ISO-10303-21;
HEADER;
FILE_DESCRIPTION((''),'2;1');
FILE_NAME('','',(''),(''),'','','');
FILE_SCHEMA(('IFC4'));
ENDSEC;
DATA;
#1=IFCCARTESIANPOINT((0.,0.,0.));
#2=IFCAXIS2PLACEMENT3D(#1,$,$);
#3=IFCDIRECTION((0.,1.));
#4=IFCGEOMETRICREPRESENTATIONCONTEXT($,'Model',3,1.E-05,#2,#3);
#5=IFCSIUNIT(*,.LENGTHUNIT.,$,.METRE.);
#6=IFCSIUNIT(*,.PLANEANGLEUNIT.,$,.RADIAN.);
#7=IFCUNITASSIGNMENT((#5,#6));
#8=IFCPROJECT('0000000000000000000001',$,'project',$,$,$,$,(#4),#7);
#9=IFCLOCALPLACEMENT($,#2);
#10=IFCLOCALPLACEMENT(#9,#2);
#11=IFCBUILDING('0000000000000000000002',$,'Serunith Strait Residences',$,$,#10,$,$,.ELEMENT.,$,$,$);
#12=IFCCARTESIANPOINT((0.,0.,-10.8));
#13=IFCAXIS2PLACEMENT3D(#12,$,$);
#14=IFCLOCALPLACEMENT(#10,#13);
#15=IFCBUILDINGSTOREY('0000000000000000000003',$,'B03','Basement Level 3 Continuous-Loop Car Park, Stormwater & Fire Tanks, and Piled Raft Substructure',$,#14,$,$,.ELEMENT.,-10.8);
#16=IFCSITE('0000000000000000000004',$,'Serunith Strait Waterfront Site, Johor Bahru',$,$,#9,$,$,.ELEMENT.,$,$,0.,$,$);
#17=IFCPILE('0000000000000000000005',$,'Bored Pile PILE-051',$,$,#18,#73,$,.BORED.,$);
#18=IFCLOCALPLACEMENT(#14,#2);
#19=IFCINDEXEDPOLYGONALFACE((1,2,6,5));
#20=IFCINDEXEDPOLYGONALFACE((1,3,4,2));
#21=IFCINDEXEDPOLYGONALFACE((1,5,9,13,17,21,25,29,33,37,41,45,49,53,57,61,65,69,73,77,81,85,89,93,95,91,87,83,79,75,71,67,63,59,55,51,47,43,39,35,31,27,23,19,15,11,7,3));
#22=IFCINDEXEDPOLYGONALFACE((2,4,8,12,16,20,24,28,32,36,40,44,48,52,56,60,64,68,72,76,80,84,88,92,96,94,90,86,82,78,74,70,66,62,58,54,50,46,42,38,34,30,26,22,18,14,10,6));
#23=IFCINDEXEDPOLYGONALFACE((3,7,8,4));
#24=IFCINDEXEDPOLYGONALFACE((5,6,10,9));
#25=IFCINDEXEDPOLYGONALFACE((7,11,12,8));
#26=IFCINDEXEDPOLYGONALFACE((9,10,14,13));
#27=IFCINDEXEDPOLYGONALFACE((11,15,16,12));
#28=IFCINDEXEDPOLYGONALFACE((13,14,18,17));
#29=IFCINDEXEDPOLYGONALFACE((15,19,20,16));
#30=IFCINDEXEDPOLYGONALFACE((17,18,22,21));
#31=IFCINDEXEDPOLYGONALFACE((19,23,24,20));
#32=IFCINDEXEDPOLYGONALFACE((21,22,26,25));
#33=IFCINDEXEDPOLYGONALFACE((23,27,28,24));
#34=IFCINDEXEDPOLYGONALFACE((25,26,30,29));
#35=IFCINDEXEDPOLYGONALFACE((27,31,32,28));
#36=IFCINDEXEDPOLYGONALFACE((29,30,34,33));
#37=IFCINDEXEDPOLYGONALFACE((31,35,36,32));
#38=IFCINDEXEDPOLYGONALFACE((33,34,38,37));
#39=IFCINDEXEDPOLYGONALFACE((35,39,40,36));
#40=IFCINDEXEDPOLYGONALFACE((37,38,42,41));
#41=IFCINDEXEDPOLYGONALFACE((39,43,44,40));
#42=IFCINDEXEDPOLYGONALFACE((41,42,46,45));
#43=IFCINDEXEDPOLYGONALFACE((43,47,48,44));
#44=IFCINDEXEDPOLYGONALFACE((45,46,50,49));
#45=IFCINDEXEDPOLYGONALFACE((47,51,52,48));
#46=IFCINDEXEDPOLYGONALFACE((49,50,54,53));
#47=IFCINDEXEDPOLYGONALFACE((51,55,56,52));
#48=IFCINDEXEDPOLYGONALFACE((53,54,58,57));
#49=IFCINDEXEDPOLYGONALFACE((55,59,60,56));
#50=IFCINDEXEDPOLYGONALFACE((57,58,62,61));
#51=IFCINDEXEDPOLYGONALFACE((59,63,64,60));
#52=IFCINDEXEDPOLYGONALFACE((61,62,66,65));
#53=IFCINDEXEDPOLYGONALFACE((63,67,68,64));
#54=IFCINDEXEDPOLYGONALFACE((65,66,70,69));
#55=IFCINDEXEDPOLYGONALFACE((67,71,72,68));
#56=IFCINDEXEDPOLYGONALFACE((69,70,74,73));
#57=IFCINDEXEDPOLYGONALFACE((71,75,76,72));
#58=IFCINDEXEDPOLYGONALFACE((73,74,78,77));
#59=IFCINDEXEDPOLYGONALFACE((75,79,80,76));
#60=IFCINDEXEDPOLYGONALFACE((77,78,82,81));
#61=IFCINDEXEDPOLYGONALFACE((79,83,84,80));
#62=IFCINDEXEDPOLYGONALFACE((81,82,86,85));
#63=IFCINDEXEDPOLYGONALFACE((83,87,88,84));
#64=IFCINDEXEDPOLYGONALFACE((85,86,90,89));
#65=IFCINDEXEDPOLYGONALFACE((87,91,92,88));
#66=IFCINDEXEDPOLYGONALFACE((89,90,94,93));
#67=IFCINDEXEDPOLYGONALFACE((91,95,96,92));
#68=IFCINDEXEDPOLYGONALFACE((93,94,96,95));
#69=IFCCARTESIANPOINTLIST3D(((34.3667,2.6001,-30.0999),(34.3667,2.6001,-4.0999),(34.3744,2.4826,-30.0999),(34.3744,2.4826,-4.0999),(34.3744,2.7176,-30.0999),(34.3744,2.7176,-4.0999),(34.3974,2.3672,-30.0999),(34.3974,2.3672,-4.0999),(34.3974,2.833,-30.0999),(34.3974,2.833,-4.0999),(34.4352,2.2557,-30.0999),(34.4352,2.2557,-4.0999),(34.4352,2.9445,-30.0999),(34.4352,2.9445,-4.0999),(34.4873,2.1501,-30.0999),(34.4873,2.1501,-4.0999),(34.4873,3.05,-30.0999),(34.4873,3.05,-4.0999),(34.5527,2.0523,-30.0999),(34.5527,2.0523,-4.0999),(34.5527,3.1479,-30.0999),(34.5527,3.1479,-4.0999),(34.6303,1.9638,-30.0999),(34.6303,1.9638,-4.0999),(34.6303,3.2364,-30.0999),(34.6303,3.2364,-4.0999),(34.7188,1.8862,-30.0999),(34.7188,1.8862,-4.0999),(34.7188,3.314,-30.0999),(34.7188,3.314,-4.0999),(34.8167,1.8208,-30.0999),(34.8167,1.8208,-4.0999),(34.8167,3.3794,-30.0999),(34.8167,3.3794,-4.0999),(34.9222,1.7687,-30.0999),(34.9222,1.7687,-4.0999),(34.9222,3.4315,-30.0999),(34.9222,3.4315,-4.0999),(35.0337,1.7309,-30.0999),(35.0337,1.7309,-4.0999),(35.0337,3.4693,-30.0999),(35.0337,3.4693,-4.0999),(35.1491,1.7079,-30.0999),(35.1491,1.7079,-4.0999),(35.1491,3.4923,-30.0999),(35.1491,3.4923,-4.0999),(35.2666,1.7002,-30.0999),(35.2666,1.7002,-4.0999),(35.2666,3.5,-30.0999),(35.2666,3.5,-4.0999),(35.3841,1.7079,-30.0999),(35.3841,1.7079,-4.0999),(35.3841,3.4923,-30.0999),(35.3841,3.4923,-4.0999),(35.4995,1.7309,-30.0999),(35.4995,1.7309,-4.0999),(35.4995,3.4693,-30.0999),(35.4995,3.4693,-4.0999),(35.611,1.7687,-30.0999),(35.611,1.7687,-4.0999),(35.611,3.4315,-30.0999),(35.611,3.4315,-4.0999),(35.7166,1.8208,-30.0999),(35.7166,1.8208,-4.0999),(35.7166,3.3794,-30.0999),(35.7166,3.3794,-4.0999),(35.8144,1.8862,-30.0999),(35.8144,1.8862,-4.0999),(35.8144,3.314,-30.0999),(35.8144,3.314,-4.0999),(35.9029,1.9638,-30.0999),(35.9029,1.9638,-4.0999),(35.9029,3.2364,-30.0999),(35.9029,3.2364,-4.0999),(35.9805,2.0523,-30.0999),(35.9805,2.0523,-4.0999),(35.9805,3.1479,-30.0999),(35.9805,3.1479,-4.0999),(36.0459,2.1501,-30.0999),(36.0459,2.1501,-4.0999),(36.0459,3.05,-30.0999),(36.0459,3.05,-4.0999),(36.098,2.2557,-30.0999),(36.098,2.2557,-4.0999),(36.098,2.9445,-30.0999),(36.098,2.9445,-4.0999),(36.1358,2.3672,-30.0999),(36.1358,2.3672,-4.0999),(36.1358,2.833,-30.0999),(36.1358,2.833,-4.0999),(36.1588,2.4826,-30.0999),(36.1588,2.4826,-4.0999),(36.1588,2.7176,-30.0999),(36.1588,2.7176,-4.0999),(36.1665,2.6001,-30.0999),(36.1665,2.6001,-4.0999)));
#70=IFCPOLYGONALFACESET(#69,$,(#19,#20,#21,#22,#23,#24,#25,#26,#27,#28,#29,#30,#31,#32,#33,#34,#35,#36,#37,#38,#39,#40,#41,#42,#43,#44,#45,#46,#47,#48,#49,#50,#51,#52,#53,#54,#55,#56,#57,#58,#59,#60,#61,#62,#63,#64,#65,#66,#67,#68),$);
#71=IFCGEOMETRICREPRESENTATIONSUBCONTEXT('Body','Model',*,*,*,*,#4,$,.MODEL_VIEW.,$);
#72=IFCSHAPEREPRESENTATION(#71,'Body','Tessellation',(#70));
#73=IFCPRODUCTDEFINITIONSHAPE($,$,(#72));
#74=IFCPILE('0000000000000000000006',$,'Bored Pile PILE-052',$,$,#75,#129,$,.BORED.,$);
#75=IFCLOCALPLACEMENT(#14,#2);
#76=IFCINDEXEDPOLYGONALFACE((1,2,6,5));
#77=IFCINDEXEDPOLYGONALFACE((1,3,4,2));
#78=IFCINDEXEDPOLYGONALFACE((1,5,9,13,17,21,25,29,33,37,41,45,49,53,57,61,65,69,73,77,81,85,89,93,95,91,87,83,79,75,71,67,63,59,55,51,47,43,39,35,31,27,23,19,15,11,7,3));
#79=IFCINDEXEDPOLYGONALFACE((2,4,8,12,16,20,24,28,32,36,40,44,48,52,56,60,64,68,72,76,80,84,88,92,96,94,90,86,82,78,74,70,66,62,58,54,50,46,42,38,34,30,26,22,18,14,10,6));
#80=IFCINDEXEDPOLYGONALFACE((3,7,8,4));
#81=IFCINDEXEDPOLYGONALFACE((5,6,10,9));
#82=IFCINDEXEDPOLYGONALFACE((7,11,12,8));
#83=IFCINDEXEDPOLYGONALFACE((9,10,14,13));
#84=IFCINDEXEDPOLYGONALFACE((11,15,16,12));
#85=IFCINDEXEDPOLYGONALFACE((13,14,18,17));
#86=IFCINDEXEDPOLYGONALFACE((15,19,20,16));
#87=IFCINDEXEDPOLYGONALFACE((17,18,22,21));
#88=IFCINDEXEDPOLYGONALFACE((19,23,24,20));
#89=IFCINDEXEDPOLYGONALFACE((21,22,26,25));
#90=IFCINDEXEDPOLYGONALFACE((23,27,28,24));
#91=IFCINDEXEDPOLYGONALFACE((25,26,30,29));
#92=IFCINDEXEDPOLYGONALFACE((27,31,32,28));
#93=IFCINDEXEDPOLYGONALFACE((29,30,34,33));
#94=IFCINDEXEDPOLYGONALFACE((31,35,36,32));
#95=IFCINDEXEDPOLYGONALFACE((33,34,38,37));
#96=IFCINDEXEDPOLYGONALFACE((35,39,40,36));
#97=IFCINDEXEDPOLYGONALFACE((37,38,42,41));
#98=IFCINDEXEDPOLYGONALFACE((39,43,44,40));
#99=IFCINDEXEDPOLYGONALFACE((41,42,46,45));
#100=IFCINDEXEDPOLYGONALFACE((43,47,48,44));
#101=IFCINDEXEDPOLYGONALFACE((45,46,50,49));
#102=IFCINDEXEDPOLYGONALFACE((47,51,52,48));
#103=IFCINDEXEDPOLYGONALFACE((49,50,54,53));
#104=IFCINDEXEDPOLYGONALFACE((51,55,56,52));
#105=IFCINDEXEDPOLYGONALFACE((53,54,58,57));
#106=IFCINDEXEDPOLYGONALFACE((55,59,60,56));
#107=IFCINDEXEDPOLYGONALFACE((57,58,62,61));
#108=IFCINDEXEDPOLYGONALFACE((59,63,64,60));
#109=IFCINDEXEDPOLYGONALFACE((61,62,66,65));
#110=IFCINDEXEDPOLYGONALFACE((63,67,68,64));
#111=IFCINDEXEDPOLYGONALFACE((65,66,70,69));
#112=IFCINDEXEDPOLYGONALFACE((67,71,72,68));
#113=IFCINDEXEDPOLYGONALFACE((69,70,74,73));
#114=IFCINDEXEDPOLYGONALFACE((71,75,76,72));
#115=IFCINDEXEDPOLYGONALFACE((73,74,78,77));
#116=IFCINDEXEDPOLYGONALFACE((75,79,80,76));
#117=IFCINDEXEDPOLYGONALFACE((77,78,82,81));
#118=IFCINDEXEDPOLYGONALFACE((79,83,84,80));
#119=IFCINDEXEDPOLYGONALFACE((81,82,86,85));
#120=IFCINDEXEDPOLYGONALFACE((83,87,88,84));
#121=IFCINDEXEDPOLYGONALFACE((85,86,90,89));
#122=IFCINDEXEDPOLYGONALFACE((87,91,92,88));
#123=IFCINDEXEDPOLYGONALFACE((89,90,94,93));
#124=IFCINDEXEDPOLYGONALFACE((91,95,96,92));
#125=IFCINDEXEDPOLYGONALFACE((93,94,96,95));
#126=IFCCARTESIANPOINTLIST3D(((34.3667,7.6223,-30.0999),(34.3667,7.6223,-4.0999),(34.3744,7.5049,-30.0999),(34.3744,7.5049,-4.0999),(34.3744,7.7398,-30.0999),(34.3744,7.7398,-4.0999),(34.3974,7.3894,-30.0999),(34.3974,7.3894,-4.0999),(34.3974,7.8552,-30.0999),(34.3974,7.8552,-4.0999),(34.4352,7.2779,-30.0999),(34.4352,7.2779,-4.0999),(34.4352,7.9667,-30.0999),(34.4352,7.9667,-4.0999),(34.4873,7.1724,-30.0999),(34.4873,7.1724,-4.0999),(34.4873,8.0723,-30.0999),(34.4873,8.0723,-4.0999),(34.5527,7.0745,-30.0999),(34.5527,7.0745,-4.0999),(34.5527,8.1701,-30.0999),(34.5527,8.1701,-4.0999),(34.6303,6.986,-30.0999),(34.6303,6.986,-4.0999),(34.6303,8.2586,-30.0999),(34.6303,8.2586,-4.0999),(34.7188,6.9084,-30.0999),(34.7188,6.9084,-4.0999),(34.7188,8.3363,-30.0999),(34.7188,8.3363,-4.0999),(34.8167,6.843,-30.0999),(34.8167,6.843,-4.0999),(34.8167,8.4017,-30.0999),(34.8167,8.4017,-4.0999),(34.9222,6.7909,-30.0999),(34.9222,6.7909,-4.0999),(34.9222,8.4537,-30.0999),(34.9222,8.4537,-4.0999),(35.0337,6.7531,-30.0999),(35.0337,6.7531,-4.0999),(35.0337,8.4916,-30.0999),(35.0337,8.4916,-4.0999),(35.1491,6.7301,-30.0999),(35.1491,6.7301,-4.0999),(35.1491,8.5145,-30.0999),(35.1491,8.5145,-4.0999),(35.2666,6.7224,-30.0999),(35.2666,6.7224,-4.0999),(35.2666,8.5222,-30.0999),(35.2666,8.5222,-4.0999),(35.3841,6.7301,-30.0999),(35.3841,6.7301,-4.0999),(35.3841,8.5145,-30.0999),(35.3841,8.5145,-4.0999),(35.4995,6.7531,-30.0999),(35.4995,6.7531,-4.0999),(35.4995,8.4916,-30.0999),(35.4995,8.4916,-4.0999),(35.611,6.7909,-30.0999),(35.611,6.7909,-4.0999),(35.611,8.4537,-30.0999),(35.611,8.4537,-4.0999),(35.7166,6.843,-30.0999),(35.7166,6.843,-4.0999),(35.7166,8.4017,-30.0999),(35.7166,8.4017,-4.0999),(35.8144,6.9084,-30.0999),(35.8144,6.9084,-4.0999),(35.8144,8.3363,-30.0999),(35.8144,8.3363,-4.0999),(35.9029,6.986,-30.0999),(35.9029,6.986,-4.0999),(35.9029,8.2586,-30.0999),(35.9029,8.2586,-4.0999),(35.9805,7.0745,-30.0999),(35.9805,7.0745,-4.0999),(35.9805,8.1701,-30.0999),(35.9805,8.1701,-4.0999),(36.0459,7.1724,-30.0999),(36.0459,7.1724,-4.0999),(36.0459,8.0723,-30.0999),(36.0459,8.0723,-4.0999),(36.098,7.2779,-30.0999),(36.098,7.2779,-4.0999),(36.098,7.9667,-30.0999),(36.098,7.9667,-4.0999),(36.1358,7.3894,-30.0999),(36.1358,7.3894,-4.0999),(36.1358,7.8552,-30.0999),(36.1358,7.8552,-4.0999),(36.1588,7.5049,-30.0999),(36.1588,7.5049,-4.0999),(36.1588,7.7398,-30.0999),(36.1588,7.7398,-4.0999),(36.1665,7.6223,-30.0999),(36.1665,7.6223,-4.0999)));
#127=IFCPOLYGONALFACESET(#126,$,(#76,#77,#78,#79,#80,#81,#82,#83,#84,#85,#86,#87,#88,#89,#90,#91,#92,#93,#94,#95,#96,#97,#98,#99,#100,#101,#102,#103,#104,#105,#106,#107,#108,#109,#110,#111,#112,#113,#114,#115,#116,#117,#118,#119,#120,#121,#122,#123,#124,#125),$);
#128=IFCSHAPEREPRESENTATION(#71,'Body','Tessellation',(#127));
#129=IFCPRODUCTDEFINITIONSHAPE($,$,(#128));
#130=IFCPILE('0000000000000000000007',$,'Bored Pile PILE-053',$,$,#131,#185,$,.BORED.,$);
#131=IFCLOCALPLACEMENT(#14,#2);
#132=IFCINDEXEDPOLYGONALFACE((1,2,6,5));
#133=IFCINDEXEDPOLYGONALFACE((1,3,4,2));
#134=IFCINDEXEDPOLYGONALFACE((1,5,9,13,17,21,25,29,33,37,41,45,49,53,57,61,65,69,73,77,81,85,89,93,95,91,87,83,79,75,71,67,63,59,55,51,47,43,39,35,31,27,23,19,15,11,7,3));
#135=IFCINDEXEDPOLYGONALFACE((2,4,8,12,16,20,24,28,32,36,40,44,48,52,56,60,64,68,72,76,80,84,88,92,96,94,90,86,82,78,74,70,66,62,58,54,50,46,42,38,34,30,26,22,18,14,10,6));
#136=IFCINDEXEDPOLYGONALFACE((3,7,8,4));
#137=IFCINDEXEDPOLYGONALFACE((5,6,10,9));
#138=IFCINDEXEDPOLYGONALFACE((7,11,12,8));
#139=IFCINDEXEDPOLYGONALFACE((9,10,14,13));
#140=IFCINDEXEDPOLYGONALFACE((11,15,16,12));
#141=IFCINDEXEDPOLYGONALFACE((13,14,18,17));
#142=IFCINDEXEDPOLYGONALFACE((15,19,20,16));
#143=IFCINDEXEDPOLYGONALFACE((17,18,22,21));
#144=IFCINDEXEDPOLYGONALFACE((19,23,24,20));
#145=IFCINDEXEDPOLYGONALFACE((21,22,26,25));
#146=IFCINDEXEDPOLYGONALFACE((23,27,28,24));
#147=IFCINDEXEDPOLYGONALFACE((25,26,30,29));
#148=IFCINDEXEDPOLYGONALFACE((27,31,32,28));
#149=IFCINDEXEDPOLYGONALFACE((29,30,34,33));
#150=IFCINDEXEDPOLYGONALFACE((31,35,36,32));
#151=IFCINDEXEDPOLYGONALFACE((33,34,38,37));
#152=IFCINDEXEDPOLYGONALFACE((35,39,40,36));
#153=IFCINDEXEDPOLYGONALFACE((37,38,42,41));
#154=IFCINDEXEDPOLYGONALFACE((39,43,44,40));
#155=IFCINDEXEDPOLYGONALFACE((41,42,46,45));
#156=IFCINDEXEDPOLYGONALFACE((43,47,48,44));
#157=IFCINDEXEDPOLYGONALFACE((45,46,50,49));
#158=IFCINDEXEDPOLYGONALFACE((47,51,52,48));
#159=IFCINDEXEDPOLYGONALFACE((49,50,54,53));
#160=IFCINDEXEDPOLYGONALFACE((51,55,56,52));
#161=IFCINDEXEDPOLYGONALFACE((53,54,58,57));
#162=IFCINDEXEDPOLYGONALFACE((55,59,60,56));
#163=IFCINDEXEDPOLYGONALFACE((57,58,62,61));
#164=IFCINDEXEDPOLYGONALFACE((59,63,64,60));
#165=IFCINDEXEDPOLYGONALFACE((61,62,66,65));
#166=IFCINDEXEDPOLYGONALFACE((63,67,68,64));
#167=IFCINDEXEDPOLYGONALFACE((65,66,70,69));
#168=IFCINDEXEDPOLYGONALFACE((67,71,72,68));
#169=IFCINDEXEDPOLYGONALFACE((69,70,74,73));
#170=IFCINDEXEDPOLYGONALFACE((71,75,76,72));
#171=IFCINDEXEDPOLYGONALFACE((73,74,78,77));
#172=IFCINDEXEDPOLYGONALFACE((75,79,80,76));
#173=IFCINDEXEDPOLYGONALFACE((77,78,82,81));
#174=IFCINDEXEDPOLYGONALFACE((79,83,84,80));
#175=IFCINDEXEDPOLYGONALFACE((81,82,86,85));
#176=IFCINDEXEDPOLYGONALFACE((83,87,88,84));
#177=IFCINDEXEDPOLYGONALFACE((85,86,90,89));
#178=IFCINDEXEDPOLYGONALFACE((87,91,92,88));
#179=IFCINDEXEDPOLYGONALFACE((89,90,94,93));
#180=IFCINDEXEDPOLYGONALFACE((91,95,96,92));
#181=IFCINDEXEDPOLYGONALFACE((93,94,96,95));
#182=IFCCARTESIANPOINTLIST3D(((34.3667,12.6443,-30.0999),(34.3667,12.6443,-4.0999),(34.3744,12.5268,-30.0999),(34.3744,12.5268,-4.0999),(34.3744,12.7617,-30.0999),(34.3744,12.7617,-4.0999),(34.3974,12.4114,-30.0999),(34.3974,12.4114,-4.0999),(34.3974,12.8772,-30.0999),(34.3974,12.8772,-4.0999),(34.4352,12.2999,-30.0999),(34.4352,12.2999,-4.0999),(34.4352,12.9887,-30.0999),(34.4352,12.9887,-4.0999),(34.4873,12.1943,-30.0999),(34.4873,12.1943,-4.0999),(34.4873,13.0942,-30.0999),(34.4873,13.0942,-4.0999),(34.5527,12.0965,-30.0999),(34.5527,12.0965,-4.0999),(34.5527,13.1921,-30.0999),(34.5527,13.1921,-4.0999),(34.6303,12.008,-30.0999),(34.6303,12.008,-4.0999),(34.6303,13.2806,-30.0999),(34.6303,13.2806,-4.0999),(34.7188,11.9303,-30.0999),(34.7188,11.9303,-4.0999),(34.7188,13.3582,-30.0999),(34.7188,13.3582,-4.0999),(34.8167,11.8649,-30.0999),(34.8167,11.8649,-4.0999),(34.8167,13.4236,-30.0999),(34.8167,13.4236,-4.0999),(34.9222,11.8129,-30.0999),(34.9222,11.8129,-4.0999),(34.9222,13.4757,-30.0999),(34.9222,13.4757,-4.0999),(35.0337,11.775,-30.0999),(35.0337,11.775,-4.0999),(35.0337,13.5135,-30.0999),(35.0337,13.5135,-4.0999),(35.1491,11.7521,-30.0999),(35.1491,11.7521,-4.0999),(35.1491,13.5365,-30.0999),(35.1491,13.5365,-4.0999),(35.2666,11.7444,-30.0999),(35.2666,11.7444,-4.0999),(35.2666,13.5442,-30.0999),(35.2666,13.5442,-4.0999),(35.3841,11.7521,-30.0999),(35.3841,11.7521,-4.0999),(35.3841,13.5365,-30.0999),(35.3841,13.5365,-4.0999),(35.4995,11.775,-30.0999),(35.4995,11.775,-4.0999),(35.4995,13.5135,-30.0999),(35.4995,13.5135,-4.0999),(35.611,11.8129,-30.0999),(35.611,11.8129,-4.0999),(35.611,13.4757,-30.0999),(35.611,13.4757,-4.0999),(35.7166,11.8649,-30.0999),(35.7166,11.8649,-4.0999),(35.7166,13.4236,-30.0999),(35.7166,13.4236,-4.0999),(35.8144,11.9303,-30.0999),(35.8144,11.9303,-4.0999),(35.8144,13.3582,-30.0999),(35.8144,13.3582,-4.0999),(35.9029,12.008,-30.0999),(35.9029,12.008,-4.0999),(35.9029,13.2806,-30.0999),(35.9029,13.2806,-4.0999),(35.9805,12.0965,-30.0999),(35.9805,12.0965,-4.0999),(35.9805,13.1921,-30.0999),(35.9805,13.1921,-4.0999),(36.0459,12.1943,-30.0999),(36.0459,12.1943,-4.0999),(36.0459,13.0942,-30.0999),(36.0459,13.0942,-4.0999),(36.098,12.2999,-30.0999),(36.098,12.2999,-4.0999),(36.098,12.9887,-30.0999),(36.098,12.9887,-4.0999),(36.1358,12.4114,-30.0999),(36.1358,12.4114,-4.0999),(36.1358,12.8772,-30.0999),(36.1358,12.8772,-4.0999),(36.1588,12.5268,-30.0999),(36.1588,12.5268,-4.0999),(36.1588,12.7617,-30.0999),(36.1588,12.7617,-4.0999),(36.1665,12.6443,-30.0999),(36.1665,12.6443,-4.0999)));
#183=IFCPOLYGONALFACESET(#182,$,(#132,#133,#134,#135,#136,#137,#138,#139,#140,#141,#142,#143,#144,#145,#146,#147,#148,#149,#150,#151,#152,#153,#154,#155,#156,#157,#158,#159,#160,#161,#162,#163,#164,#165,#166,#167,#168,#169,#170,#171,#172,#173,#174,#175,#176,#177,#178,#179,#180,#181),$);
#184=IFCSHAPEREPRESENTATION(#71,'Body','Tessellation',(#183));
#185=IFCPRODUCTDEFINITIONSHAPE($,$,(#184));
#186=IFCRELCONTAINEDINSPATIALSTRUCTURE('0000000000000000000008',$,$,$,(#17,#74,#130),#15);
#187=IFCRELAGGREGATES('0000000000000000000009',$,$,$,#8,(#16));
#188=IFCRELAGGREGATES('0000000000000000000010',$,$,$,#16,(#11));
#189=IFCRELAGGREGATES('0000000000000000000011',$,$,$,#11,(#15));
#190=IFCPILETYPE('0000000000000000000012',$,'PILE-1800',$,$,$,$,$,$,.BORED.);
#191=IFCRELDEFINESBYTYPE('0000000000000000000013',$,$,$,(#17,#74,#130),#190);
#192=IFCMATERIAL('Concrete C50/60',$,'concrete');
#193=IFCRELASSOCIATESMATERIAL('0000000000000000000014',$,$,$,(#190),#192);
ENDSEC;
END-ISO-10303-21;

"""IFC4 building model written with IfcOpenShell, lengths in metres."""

from ifc_helpers import new_model, si_unit, direction, frame, origin, origin_2d, place, context, subcontext, project, spatial, circle, extrude, source, transform, mapped, material, material_profile, profile_set, type_object, element, save


model = new_model("IFC4")

# Units and contexts
model_context = context("Model", 3, precision=1e-05, world=origin(), true_north=direction((0.0, 1.0)))
body_context = subcontext(model_context, "Body", "Model", "MODEL_VIEW")
ifc_project = project(units=[si_unit("LENGTHUNIT", "METRE"), si_unit("PLANEANGLEUNIT", "RADIAN")], contexts=[model_context])

# Site, building, storey
site_placement = place(None, origin())
site = spatial("IfcSite", under=ifc_project, at=site_placement, Name="Serunith Strait Waterfront Site, Johor Bahru", CompositionType="ELEMENT", RefElevation=0.0)
building_placement = place(site_placement, origin())
building = spatial("IfcBuilding", under=site, at=building_placement, Name="Serunith Strait Residences", CompositionType="ELEMENT")
storey_placement = place(building_placement, frame((0.0, 0.0, -10.8)))
storey = spatial("IfcBuildingStorey", under=building, at=storey_placement, Name="B03", Description="Basement Level 3 Continuous-Loop Car Park, Stormwater & Fire Tanks, and Piled Raft Substructure", CompositionType="ELEMENT", Elevation=-10.8)

# Piles
ifc_material_1 = material(Name="Concrete C50/60", Category="concrete")
ifc_material_profile_1 = material_profile(ifc_material_1, circle(Radius=0.8999, at=origin_2d()), Name="PILE D1800")
ifc_profile_set_1 = profile_set([ifc_material_profile_1], Name="Concrete C50/60")
pile_type = type_object("IfcPileType", Name="PILE-1800", PredefinedType="BORED", material=ifc_profile_set_1)
shared_shape_1 = source(origin(), body_context, "Body", "SweptSolid", [
    extrude(circle(Radius=0.8999, at=origin_2d()), origin(), (0.0, 0.0, 1.0), 26.0),
])
for number, where, z_axis, x_axis, name in (
    (1, (35.2666, 2.6001, -4.0999), (0.0, 0.0, -1.0), (1.0, 0.0, 0.0), "Bored Pile PILE-051"),
    (2, (35.2666, 7.6223, -4.0999), (0.0, 0.0, -1.0), (1.0, 0.0, 0.0), "Bored Pile PILE-052"),
    (3, (35.2666, 12.6443, -4.0999), (0.0, 0.0, -1.0), (1.0, 0.0, 0.0), "Bored Pile PILE-053"),
):
    element("IfcPile", number, at=place(storey_placement, frame(where, z_axis=z_axis, x_axis=x_axis)), inside=storey, type_object=pile_type, Name=name, PredefinedType="BORED", context=body_context, shape_type="MappedRepresentation", body=[
        mapped(shared_shape_1, transform((0.0, 0.0, 0.0), scale=1.0)),
    ])

save(model, "model.ifc")
